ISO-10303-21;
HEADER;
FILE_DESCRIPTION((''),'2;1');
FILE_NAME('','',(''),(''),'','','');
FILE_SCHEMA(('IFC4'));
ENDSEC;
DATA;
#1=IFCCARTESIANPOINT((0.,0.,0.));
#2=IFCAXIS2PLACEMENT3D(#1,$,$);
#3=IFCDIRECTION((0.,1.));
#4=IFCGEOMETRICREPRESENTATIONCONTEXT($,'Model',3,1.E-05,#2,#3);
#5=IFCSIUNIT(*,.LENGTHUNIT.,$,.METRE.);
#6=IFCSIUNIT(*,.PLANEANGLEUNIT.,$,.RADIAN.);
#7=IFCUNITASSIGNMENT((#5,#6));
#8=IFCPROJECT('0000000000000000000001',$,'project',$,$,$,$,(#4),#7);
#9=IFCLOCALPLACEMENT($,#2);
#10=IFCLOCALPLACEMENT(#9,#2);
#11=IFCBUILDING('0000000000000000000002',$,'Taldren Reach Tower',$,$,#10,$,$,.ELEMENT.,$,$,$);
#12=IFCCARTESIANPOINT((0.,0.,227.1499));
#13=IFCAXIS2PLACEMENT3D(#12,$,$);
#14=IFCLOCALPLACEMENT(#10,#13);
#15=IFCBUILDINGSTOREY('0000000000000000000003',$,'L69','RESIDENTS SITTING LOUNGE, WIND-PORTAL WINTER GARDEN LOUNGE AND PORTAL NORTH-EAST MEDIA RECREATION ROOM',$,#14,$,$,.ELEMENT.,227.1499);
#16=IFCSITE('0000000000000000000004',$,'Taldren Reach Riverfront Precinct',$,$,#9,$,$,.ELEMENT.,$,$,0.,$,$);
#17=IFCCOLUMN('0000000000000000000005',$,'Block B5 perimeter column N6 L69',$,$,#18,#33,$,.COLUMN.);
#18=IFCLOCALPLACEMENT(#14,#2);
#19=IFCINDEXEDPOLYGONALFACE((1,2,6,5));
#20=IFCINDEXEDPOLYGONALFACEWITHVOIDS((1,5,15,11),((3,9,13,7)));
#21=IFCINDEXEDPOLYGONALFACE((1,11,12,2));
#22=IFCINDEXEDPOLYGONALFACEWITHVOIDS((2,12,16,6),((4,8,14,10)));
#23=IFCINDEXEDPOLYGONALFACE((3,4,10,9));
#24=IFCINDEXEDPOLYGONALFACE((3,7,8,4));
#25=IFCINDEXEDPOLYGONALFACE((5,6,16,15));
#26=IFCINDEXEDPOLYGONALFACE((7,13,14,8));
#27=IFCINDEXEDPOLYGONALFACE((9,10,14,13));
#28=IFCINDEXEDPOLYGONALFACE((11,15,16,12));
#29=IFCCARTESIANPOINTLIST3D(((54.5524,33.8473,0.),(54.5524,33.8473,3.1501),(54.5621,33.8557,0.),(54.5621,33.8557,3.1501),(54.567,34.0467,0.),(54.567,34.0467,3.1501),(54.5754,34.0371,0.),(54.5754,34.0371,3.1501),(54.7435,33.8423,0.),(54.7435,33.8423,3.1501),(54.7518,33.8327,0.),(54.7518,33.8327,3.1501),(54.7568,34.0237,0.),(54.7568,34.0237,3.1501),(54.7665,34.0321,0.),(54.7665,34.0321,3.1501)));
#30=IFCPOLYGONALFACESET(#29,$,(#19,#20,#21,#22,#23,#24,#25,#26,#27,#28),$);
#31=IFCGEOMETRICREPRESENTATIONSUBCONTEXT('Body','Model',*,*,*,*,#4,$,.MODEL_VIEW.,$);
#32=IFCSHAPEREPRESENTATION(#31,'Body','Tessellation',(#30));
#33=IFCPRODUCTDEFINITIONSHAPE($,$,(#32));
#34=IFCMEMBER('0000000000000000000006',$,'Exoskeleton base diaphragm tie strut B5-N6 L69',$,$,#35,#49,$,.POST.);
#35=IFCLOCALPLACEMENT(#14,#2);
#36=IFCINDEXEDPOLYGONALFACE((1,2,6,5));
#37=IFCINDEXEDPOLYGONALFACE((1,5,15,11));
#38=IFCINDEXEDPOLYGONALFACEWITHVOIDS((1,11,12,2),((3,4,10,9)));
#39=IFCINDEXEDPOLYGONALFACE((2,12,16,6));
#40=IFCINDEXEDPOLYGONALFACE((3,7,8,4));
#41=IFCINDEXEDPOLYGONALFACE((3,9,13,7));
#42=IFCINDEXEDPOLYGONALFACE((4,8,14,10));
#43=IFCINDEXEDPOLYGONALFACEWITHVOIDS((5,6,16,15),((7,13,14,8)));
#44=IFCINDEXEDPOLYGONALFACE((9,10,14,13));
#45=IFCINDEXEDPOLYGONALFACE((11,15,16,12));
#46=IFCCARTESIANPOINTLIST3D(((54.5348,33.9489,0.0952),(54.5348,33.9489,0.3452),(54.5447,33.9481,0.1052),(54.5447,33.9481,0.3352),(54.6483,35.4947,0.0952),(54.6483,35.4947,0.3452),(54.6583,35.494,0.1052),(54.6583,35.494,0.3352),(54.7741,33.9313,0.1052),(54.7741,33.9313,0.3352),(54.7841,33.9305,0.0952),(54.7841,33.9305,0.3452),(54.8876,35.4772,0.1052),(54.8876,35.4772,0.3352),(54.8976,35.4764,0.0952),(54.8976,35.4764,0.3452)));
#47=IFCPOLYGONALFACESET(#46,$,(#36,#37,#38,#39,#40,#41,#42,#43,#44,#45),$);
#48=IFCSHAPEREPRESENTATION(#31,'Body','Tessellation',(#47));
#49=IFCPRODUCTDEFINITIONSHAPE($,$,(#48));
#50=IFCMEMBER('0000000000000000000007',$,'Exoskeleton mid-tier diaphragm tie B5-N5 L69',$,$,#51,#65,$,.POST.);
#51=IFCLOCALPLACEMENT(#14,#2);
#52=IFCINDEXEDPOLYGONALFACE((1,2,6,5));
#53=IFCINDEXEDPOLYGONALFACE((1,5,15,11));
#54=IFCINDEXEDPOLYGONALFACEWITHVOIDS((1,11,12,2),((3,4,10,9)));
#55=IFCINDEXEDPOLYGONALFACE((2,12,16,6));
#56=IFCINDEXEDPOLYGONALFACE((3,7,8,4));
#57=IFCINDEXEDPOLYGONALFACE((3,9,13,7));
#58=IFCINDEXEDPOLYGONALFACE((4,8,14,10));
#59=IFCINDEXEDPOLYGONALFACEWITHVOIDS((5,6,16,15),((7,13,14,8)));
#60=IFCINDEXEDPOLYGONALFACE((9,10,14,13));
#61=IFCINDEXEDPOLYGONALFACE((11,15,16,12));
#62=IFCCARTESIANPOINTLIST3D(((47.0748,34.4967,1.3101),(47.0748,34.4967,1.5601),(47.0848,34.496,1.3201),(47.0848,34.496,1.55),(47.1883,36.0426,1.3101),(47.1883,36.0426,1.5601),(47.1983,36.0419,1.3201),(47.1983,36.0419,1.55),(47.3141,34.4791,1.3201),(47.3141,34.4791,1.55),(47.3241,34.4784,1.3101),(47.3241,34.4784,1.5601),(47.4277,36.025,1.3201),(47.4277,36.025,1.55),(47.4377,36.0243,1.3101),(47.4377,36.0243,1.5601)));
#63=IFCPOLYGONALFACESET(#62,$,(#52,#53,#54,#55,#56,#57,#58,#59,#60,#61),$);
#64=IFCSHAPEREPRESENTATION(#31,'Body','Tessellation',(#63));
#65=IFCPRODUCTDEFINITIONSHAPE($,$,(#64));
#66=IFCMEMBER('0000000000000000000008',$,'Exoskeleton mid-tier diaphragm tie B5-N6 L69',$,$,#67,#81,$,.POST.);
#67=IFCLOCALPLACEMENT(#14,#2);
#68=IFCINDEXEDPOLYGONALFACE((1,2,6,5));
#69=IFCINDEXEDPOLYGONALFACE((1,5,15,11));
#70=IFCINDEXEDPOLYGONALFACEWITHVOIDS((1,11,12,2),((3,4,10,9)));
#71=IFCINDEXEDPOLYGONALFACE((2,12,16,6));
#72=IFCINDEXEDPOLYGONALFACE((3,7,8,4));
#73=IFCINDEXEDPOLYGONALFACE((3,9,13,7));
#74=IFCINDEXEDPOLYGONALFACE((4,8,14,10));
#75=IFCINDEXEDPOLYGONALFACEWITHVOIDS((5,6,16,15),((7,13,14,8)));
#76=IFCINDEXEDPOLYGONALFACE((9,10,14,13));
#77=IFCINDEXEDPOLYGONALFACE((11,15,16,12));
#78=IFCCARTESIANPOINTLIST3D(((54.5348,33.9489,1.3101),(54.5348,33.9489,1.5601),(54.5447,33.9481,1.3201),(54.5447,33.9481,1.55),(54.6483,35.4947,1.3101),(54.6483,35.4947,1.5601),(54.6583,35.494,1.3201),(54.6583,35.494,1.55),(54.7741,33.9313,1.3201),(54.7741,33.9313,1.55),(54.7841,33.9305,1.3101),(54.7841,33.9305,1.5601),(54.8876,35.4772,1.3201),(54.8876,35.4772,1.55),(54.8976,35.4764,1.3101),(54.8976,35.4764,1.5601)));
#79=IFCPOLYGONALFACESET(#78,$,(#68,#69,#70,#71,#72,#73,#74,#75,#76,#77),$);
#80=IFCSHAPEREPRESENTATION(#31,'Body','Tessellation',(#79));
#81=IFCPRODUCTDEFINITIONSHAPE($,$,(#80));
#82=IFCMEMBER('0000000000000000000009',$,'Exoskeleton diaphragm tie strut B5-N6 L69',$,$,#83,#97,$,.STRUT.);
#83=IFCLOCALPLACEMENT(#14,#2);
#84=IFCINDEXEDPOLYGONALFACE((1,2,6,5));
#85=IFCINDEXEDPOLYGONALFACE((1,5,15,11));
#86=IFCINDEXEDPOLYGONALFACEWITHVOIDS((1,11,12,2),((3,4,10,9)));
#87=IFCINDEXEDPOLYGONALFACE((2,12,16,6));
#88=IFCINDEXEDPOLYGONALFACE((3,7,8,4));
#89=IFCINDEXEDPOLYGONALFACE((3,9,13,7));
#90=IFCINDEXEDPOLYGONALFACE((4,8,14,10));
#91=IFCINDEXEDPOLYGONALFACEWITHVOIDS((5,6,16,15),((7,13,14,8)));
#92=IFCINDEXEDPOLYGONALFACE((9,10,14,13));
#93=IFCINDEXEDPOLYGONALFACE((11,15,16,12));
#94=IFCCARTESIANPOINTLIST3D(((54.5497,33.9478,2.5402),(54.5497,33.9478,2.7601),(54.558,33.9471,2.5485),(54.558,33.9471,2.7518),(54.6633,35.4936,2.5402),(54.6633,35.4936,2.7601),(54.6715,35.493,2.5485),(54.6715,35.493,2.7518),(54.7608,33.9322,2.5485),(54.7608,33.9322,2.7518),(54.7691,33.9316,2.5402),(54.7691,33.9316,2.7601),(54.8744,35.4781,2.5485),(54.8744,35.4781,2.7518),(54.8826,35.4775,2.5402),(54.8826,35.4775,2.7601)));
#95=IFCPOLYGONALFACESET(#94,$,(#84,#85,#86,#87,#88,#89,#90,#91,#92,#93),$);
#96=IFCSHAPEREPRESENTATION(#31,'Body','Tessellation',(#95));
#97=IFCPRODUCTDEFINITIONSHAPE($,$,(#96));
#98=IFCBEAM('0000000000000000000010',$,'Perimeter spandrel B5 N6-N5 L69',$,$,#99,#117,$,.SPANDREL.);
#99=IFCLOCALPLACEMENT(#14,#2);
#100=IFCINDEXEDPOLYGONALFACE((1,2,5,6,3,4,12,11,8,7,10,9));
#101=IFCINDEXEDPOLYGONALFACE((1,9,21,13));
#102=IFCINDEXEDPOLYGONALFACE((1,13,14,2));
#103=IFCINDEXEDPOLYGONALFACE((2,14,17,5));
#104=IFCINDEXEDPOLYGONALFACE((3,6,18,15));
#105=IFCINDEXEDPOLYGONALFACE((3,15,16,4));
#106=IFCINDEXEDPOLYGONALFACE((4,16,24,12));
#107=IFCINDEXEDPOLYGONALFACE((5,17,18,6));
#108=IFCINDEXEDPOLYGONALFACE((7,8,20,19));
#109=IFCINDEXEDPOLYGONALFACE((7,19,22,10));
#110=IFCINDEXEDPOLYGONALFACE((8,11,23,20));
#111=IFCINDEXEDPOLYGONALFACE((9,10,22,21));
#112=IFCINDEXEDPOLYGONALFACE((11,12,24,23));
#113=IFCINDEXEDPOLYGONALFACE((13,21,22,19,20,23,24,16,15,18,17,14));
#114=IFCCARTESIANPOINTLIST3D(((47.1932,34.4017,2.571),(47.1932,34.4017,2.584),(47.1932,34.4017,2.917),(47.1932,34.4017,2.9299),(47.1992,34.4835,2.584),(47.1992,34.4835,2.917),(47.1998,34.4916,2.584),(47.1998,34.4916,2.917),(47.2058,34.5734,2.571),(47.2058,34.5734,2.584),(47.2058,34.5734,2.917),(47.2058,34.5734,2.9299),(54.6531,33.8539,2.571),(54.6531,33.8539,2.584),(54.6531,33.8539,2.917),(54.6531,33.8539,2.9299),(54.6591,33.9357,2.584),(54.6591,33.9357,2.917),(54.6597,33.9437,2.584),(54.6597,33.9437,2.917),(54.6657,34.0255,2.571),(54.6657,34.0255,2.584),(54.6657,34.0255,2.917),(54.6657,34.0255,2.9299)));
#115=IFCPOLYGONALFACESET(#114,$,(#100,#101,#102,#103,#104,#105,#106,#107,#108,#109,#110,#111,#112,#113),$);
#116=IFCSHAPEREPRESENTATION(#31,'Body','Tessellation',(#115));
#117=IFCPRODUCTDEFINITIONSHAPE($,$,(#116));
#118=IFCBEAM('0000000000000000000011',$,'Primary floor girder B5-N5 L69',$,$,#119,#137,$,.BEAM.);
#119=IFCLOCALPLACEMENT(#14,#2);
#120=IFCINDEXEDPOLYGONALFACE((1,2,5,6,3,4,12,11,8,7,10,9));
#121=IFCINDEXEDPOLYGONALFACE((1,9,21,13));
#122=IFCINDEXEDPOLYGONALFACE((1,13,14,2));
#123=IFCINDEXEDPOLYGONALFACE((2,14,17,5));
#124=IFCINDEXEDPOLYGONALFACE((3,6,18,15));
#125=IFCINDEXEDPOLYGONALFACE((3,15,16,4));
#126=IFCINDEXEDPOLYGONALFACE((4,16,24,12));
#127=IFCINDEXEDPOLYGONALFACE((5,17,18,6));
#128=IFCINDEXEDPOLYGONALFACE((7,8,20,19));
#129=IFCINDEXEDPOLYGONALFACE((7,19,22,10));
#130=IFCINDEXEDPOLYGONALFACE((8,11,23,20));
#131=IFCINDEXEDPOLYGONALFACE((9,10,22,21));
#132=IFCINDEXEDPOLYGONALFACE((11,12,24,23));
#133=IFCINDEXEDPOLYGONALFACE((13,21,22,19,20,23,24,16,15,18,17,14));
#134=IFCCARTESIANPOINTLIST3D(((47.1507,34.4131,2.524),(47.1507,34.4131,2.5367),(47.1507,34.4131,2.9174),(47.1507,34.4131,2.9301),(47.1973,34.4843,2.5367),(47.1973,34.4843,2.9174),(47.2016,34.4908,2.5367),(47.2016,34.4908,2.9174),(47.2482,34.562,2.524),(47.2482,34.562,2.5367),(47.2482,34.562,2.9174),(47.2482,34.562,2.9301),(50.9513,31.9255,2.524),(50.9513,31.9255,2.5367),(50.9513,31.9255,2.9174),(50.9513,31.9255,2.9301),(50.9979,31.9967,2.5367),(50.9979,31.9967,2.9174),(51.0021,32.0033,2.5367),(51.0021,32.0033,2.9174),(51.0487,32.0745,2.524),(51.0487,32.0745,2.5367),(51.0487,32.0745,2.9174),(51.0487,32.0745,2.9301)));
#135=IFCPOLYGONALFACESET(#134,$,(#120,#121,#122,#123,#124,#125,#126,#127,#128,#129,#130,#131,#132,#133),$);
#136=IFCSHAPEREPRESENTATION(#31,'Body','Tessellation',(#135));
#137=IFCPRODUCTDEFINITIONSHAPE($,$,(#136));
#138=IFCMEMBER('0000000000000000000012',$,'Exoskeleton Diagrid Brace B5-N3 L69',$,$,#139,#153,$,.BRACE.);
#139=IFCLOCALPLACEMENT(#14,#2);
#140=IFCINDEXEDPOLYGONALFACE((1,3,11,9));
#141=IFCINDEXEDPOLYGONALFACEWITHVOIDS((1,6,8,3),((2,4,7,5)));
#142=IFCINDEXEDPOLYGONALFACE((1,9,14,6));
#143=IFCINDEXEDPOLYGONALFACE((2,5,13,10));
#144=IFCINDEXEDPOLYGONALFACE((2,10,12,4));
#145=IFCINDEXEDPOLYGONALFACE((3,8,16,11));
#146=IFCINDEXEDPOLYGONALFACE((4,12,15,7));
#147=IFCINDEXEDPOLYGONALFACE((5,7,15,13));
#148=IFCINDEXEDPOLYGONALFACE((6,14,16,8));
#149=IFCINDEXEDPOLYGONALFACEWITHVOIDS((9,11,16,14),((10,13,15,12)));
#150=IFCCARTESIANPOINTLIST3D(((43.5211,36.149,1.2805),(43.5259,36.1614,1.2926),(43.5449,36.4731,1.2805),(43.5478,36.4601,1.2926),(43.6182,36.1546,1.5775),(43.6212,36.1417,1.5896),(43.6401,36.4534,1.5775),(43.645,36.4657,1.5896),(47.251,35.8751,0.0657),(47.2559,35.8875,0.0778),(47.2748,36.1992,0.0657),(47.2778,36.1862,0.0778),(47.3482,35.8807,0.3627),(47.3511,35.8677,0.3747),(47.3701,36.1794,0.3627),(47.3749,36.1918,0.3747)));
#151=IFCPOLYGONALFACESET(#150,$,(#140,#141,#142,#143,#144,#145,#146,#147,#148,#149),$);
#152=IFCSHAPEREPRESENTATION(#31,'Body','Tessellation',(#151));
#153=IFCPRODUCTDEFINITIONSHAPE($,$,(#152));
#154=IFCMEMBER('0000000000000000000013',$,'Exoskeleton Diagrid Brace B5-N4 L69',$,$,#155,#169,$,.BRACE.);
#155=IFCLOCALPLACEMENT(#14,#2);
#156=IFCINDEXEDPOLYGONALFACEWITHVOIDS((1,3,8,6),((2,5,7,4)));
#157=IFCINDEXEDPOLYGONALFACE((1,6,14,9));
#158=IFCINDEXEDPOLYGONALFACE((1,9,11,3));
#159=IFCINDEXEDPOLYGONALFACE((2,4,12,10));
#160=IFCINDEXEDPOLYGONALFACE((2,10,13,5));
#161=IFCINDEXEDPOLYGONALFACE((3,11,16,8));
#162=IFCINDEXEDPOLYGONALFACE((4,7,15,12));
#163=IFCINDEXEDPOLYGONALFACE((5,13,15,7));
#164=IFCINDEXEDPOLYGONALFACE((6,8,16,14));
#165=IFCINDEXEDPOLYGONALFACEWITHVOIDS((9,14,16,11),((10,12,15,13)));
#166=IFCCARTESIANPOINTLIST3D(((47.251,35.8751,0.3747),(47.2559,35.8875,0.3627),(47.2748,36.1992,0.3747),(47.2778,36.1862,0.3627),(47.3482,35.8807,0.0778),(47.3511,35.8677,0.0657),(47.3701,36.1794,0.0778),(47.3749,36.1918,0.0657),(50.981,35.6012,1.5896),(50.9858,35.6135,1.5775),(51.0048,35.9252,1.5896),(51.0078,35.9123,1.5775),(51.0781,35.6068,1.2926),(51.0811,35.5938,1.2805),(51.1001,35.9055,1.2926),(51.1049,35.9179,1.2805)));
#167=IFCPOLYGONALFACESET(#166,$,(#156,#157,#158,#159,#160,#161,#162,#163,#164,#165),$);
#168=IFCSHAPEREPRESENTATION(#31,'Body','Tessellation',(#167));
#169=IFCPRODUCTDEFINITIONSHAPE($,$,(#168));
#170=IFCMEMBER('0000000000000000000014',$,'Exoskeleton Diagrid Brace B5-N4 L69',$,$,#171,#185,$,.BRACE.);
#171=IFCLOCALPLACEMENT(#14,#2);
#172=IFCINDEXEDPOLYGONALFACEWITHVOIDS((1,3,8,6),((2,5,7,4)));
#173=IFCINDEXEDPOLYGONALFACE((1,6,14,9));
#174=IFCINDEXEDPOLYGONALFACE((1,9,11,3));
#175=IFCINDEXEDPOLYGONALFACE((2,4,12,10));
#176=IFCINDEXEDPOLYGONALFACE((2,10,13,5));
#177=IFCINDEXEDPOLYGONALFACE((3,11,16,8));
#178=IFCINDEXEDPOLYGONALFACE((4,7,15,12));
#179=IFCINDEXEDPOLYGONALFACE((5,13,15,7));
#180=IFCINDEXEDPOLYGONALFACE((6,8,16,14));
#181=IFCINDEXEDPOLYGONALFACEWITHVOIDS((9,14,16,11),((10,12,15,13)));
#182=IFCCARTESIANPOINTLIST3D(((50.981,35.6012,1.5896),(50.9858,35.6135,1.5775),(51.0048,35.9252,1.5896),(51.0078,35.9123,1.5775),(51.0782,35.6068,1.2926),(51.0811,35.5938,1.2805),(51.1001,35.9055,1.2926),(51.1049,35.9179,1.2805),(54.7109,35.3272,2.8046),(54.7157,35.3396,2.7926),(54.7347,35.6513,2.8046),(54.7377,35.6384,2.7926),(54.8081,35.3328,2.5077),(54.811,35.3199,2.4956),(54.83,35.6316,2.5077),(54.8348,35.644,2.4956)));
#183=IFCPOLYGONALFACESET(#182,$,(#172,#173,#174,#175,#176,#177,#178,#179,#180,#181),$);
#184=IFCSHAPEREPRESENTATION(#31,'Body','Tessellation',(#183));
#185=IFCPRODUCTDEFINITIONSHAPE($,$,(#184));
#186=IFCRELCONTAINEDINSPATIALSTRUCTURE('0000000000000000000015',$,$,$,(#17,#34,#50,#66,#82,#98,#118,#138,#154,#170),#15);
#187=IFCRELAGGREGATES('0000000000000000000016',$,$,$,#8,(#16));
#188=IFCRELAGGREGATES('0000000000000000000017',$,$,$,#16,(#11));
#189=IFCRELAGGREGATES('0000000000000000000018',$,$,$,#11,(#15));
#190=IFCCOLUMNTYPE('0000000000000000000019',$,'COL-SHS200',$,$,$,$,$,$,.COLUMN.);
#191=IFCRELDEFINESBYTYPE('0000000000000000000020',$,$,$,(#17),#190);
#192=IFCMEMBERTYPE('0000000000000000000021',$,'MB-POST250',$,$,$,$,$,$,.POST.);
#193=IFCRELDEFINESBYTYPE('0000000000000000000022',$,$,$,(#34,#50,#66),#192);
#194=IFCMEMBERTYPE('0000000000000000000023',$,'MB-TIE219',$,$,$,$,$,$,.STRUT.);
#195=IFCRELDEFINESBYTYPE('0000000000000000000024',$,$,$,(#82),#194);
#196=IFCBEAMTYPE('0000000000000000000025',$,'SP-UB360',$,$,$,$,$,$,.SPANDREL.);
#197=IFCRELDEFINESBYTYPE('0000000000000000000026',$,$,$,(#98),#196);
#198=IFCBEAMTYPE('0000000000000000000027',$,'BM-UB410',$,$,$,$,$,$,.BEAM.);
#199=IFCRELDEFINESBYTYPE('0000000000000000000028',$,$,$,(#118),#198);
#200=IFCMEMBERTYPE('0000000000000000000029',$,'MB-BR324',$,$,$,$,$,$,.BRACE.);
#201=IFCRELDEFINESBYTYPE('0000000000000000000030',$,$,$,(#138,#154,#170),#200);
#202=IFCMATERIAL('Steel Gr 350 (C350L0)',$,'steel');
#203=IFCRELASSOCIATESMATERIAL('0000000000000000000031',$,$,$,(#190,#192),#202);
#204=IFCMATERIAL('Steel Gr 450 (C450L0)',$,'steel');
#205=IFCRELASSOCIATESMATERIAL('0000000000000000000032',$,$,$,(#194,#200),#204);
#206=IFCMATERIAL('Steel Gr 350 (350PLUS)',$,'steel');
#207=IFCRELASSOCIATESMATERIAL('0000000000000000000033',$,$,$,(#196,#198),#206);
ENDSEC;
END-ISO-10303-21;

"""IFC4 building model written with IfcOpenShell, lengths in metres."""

from ifc_helpers import new_model, si_unit, direction, frame, origin, origin_2d, place, context, subcontext, project, spatial, hollow_rectangle, i_section, extrude, source, transform, mapped, material, material_profile, profile_set, type_object, element, save


model = new_model("IFC4")

# Units and contexts
model_context = context("Model", 3, precision=1e-05, world=origin(), true_north=direction((0.0, 1.0)))
body_context = subcontext(model_context, "Body", "Model", "MODEL_VIEW")
ifc_project = project(units=[si_unit("LENGTHUNIT", "METRE"), si_unit("PLANEANGLEUNIT", "RADIAN")], contexts=[model_context])

# Site, building, storey
site_placement = place(None, origin())
site = spatial("IfcSite", under=ifc_project, at=site_placement, Name="Taldren Reach Riverfront Precinct", CompositionType="ELEMENT", RefElevation=0.0)
building_placement = place(site_placement, origin())
building = spatial("IfcBuilding", under=site, at=building_placement, Name="Taldren Reach Tower", CompositionType="ELEMENT")
storey_placement = place(building_placement, frame((0.0, 0.0, 227.1499)))
storey = spatial("IfcBuildingStorey", under=building, at=storey_placement, Name="L69", Description="RESIDENTS SITTING LOUNGE, WIND-PORTAL WINTER GARDEN LOUNGE AND PORTAL NORTH-EAST MEDIA RECREATION ROOM", CompositionType="ELEMENT", Elevation=227.1499)

# Column
ifc_material_1 = material(Name="Steel Gr 350 (C350L0)", Category="steel")
ifc_material_profile_1 = material_profile(ifc_material_1, hollow_rectangle(XDim=0.2, YDim=0.2, WallThickness=0.009, at=origin_2d()), Name="200x200x9.0SHS")
ifc_profile_set_1 = profile_set([ifc_material_profile_1], Name="Steel Gr 350 (C350L0)")
column_type = type_object("IfcColumnType", Name="COL-SHS200", PredefinedType="COLUMN", material=ifc_profile_set_1)
shared_shape_1 = source(origin(), body_context, "Body", "SweptSolid", [
    extrude(hollow_rectangle(XDim=0.2, YDim=0.2, WallThickness=0.009, at=origin_2d()), origin(), (0.0, 0.0, 1.0), 3.1501),
])
column_placement = place(storey_placement, frame((54.6594, 33.9397, 0.0), z_axis=(0.0, 0.0, 1.0), x_axis=(0.997314, -0.073238, 0.0)))
element("IfcColumn", 1, at=column_placement, inside=storey, type_object=column_type, Name="Block B5 perimeter column N6 L69", PredefinedType="COLUMN", context=body_context, shape_type="MappedRepresentation", body=[
    mapped(shared_shape_1, transform((0.0, 0.0, 0.0), scale=1.0)),
])

# Members
ifc_material_profile_2 = material_profile(ifc_material_1, hollow_rectangle(XDim=0.25, YDim=0.25, WallThickness=0.01, at=origin_2d()), Name="250x250x10.0SHS")
ifc_profile_set_2 = profile_set([ifc_material_profile_2], Name="Steel Gr 350 (C350L0)")
member_type_1 = type_object("IfcMemberType", Name="MB-POST250", PredefinedType="POST", material=ifc_profile_set_2)
shared_shape_2 = source(origin(), body_context, "Body", "SweptSolid", [
    extrude(hollow_rectangle(XDim=0.25, YDim=0.25, WallThickness=0.01, at=origin_2d()), origin(), (0.0, 0.0, 1.0), 1.55),
])
for number, where, z_axis, x_axis, name in (
    (2, (54.6594, 33.9397, 0.2202), (0.073239, 0.997314, 0.0), (-0.997314, 0.073239, 0.0), "Exoskeleton base diaphragm tie strut B5-N6 L69"),
    (3, (47.1995, 34.4875, 1.4351), (0.073239, 0.997314, 0.0), (-0.997314, 0.073239, 0.0), "Exoskeleton mid-tier diaphragm tie B5-N5 L69"),
    (4, (54.6594, 33.9397, 1.4351), (0.073239, 0.997314, 0.0), (-0.997314, 0.073239, 0.0), "Exoskeleton mid-tier diaphragm tie B5-N6 L69"),
):
    element("IfcMember", number, at=place(storey_placement, frame(where, z_axis=z_axis, x_axis=x_axis)), inside=storey, type_object=member_type_1, Name=name, PredefinedType="POST", context=body_context, shape_type="MappedRepresentation", body=[
        mapped(shared_shape_2, transform((0.0, 0.0, 0.0), scale=1.0)),
    ])
ifc_material_2 = material(Name="Steel Gr 450 (C450L0)", Category="steel")
ifc_material_profile_3 = material_profile(ifc_material_2, hollow_rectangle(XDim=0.22, YDim=0.22, WallThickness=0.0083, at=origin_2d()), Name="220x220x8.2SHS")
ifc_profile_set_3 = profile_set([ifc_material_profile_3], Name="Steel Gr 450 (C450L0)")
member_type_2 = type_object("IfcMemberType", Name="MB-TIE219", PredefinedType="STRUT", material=ifc_profile_set_3)
shared_shape_3 = source(origin(), body_context, "Body", "SweptSolid", [
    extrude(hollow_rectangle(XDim=0.22, YDim=0.22, WallThickness=0.0083, at=origin_2d()), origin(), (0.0, 0.0, 1.0), 1.55),
])
member_1_placement = place(storey_placement, frame((54.6594, 33.9397, 2.6501), z_axis=(0.073239, 0.997314, 0.0), x_axis=(-0.997314, 0.073239, 0.0)))
element("IfcMember", 5, at=member_1_placement, inside=storey, type_object=member_type_2, Name="Exoskeleton diaphragm tie strut B5-N6 L69", PredefinedType="STRUT", context=body_context, shape_type="MappedRepresentation", body=[
    mapped(shared_shape_3, transform((0.0, 0.0, 0.0), scale=1.0)),
])

# Beams
ifc_material_3 = material(Name="Steel Gr 350 (350PLUS)", Category="steel")
ifc_material_profile_4 = material_profile(ifc_material_3, i_section(OverallWidth=0.1721, OverallDepth=0.3589, WebThickness=0.0081, FlangeThickness=0.0129, at=origin_2d()), Name="360UB56.7")
ifc_profile_set_4 = profile_set([ifc_material_profile_4], Name="Steel Gr 350 (350PLUS)")
beam_type_1 = type_object("IfcBeamType", Name="SP-UB360", PredefinedType="SPANDREL", material=ifc_profile_set_4)
shared_shape_4 = source(origin(), body_context, "Body", "SweptSolid", [
    extrude(i_section(OverallWidth=0.1721, OverallDepth=0.3589, WebThickness=0.0081, FlangeThickness=0.0129, at=origin_2d()), origin(), (0.0, 0.0, 1.0), 7.48),
])
beam_1_placement = place(storey_placement, frame((54.6594, 33.9397, 2.7505), z_axis=(-0.997314, 0.073242, 0.0), x_axis=(-0.073242, -0.997314, 0.0)))
element("IfcBeam", 6, at=beam_1_placement, inside=storey, type_object=beam_type_1, Name="Perimeter spandrel B5 N6-N5 L69", PredefinedType="SPANDREL", context=body_context, shape_type="MappedRepresentation", body=[
    mapped(shared_shape_4, transform((0.0, 0.0, 0.0), scale=1.0)),
])
ifc_material_profile_5 = material_profile(ifc_material_3, i_section(OverallWidth=0.178, OverallDepth=0.406, WebThickness=0.0078, FlangeThickness=0.0127, at=origin_2d()), Name="410UB59.7")
ifc_profile_set_5 = profile_set([ifc_material_profile_5], Name="Steel Gr 350 (350PLUS)")
beam_type_2 = type_object("IfcBeamType", Name="BM-UB410", PredefinedType="BEAM", material=ifc_profile_set_5)
shared_shape_5 = source(origin(), body_context, "Body", "SweptSolid", [
    extrude(i_section(OverallWidth=0.178, OverallDepth=0.406, WebThickness=0.0078, FlangeThickness=0.0127, at=origin_2d()), origin(), (0.0, 0.0, 1.0), 4.5422),
])
beam_2_placement = place(storey_placement, frame((51.0, 32.0, 2.7271), z_axis=(-0.836709, 0.547648, 0.0), x_axis=(-0.547648, -0.836709, 0.0)))
element("IfcBeam", 7, at=beam_2_placement, inside=storey, type_object=beam_type_2, Name="Primary floor girder B5-N5 L69", PredefinedType="BEAM", context=body_context, shape_type="MappedRepresentation", body=[
    mapped(shared_shape_5, transform((0.0, 0.0, 0.0), scale=1.0)),
])

# Members
ifc_material_profile_6 = material_profile(ifc_material_2, hollow_rectangle(XDim=0.325, YDim=0.325, WallThickness=0.0127, at=origin_2d()), Name="325x325x12.7SHS")
ifc_profile_set_6 = profile_set([ifc_material_profile_6], Name="Steel Gr 450 (C450L0)")
member_type_3 = type_object("IfcMemberType", Name="MB-BR324", PredefinedType="BRACE", material=ifc_profile_set_6)
shared_shape_6 = source(origin(), body_context, "Body", "SweptSolid", [
    extrude(hollow_rectangle(XDim=0.325, YDim=0.325, WallThickness=0.0127, at=origin_2d()), origin(), (0.0, 0.0, 1.0), 3.9324),
])
for number, where, z_axis, x_axis, name in (
    (8, (47.313, 36.0334, 0.2202), (-0.948529, 0.069659, 0.308933), (-0.073242, -0.997314, 0.0), "Exoskeleton Diagrid Brace B5-N3 L69"),
    (9, (47.313, 36.0334, 0.2202), (0.948529, -0.069659, 0.308933), (0.073242, 0.997314, 0.0), "Exoskeleton Diagrid Brace B5-N4 L69"),
    (10, (51.043, 35.7595, 1.4351), (0.948511, -0.069658, 0.308989), (0.073242, 0.997314, 0.0), "Exoskeleton Diagrid Brace B5-N4 L69"),
):
    element("IfcMember", number, at=place(storey_placement, frame(where, z_axis=z_axis, x_axis=x_axis)), inside=storey, type_object=member_type_3, Name=name, PredefinedType="BRACE", context=body_context, shape_type="MappedRepresentation", body=[
        mapped(shared_shape_6, transform((0.0, 0.0, 0.0), scale=1.0)),
    ])

save(model, "model.ifc")
